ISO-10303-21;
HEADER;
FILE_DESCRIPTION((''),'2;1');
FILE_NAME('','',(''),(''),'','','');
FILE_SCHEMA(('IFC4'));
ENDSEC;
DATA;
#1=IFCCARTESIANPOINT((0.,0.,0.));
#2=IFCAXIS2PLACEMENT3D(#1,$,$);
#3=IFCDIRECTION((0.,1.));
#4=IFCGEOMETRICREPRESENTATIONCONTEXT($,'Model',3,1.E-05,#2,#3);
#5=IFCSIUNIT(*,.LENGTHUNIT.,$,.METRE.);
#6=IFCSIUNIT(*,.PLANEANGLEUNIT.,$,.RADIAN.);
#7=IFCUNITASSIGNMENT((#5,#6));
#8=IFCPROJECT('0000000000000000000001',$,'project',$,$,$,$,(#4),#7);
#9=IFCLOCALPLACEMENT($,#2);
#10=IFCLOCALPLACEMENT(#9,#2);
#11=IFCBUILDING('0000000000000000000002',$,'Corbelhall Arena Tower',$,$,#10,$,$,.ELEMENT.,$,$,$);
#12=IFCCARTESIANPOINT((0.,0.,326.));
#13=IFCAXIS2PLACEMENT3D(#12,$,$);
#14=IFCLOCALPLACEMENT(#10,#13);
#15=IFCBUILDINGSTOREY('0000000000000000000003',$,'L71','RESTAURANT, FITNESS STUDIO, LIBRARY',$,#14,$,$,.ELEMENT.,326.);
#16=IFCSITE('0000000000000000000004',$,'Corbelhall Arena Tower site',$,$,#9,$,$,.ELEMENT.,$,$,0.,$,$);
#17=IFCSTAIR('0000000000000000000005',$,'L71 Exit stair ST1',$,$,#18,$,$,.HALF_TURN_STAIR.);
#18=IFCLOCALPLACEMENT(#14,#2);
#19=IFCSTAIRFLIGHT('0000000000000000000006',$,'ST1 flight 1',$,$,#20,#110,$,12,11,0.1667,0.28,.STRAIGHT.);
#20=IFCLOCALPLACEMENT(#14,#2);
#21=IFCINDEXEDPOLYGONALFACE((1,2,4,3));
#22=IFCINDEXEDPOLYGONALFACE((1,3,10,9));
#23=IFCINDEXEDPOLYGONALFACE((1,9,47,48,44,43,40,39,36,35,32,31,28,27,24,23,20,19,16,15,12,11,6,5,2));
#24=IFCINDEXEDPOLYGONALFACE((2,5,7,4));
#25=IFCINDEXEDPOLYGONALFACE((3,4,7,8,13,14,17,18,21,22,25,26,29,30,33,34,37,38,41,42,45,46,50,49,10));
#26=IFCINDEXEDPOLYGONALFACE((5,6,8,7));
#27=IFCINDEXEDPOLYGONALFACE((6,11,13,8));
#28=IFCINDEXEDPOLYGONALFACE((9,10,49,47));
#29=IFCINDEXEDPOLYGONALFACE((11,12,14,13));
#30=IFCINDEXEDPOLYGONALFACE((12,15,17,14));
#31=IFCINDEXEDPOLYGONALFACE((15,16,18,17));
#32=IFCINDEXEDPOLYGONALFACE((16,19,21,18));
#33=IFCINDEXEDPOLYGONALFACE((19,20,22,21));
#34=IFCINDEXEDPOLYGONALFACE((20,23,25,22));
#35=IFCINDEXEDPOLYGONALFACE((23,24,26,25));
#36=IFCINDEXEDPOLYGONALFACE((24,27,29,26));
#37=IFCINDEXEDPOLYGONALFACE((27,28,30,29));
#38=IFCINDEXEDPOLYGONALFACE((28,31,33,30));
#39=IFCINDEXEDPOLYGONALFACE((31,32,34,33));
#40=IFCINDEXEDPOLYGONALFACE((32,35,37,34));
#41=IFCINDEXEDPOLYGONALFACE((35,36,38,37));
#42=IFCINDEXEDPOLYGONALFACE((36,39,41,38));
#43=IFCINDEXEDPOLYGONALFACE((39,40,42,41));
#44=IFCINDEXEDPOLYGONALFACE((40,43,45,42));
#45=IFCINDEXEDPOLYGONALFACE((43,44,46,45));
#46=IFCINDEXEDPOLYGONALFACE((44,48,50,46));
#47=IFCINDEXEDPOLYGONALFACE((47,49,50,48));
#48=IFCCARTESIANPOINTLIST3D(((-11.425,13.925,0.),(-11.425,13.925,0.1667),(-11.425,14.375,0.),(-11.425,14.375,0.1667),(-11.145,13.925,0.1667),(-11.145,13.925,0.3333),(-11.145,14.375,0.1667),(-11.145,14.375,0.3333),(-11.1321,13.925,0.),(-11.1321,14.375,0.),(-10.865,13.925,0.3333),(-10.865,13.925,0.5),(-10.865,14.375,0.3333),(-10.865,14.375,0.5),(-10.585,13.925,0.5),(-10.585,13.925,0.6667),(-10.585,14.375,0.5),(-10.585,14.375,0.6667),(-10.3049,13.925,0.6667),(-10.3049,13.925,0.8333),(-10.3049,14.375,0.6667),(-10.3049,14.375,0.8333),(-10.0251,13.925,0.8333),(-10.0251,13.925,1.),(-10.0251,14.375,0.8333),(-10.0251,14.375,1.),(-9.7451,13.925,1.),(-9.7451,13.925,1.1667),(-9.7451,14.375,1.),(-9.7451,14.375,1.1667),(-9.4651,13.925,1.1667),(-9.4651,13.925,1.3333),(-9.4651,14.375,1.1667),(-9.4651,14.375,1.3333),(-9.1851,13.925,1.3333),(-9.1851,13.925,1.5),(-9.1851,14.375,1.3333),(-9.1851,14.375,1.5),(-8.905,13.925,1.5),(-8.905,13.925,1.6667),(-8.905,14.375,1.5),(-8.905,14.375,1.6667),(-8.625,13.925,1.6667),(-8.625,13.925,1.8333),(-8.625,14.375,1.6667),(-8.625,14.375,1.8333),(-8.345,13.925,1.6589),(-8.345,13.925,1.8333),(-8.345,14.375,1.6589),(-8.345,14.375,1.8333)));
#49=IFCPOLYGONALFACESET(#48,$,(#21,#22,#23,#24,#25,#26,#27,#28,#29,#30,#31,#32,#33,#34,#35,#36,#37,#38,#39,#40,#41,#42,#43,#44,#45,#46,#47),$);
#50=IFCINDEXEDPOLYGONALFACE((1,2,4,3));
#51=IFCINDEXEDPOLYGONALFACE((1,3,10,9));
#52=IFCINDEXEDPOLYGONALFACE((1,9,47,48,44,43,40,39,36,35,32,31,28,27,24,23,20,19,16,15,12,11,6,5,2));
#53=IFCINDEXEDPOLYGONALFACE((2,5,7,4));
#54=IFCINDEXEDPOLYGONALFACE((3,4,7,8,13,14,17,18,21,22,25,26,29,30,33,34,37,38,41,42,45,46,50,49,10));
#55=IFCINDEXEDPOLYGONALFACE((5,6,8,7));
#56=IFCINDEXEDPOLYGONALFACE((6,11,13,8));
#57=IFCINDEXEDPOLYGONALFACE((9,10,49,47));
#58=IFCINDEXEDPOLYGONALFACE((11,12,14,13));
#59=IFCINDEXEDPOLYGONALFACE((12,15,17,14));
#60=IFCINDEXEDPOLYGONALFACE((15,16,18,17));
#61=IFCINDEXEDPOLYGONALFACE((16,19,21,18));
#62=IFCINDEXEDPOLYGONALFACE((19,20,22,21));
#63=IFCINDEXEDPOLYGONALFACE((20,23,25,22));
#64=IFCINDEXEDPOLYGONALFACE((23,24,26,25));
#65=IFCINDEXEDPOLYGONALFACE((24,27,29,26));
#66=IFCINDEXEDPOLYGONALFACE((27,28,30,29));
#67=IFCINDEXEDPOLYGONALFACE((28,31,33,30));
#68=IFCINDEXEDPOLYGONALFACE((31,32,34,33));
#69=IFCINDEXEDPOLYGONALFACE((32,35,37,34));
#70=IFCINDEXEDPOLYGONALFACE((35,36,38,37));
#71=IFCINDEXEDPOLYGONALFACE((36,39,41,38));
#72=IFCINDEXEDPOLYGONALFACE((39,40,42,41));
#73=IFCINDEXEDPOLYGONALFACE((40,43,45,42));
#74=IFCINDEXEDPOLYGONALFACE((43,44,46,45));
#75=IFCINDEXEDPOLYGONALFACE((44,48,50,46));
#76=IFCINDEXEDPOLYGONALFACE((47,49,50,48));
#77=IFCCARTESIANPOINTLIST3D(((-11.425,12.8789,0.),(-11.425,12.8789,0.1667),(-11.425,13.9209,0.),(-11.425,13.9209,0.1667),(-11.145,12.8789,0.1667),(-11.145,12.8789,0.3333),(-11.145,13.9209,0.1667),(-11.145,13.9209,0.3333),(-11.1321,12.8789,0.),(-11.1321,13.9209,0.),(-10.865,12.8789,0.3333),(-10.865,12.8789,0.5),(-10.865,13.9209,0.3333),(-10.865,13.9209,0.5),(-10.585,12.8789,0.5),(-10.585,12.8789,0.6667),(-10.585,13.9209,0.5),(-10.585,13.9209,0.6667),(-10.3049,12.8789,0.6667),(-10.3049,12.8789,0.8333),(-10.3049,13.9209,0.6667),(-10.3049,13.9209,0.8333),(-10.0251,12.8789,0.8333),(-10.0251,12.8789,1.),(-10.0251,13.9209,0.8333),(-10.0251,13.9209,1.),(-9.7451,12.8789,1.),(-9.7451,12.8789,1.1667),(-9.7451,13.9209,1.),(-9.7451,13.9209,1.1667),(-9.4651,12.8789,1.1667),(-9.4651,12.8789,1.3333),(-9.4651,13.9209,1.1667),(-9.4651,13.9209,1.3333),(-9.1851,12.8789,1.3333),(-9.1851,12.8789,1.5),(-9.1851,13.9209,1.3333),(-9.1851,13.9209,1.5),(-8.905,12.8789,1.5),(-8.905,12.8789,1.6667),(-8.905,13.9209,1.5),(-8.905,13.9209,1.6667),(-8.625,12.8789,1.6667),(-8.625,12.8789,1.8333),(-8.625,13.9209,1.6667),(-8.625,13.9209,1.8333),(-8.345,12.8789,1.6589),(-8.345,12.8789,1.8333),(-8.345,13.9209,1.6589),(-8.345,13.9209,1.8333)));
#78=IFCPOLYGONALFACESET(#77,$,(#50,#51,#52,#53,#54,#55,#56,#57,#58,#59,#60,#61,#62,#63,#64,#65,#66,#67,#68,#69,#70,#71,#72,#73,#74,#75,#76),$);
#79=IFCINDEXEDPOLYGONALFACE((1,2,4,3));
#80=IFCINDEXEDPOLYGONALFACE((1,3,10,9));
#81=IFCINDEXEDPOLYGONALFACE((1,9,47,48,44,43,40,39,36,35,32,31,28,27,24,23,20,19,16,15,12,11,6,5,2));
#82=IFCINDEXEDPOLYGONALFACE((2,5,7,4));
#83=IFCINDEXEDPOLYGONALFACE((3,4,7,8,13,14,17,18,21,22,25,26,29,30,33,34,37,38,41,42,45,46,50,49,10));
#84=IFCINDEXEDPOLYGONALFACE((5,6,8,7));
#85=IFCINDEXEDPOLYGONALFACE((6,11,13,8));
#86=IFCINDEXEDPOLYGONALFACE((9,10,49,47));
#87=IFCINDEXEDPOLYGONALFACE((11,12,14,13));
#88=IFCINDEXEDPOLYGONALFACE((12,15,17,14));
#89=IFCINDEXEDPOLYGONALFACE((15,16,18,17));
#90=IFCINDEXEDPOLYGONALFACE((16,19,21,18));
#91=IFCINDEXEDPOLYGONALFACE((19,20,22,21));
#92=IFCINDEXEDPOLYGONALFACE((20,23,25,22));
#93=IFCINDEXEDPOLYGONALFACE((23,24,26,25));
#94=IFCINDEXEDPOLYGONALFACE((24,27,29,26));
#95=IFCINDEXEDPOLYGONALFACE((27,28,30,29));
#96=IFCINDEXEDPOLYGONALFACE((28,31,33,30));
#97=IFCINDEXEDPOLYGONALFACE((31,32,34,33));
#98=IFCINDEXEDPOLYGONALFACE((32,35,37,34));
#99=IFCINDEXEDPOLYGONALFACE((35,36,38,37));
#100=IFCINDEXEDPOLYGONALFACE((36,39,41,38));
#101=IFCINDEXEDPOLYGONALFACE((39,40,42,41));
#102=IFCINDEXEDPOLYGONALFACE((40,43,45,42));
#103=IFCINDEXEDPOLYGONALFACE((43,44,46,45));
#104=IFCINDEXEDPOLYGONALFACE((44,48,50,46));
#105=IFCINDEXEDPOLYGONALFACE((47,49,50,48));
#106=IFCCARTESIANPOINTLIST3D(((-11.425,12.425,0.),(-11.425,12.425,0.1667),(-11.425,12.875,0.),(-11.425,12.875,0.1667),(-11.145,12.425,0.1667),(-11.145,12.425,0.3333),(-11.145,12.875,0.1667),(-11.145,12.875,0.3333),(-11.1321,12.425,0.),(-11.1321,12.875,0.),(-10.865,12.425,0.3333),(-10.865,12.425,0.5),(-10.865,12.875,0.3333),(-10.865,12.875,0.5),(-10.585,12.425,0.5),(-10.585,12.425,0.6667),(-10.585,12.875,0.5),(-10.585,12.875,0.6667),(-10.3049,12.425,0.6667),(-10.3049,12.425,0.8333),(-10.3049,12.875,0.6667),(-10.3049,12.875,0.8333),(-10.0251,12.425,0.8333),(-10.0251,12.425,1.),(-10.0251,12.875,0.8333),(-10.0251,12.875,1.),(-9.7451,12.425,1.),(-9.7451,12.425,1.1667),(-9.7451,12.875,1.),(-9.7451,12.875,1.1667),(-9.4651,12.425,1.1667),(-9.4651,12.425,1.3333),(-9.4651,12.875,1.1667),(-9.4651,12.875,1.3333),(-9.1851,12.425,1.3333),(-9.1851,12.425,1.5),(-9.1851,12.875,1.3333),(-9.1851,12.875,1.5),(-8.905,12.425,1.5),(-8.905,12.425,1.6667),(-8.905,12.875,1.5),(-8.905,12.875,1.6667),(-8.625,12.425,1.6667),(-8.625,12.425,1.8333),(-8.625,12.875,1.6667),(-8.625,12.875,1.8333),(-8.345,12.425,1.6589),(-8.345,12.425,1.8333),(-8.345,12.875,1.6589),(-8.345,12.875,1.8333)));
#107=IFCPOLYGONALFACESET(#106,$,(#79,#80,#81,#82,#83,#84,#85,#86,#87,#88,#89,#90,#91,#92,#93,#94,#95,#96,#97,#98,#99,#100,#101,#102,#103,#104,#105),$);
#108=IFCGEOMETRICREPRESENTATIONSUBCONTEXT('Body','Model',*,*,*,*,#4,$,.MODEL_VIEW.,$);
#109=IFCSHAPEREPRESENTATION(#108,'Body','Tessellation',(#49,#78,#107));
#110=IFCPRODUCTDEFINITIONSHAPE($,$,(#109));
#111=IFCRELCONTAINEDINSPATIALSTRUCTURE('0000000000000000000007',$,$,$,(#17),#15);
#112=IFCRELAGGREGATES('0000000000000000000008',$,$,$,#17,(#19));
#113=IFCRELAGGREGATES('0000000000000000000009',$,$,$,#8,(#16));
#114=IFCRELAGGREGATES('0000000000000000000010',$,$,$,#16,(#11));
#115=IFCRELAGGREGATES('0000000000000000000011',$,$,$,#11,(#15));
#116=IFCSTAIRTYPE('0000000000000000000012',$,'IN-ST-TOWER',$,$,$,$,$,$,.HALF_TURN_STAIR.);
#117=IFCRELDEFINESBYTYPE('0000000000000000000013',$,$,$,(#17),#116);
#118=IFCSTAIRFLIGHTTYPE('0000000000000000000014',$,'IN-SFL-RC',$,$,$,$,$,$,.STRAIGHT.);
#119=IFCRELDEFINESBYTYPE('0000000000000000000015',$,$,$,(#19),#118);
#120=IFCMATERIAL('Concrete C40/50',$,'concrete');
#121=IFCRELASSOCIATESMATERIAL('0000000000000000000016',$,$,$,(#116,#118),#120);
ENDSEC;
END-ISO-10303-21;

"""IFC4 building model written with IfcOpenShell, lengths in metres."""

from ifc_helpers import new_model, si_unit, direction, frame, origin, place, context, subcontext, project, spatial, polyline, outline, extrude, material, type_object, element, aggregate, save


model = new_model("IFC4")

# Units and contexts
model_context = context("Model", 3, precision=1e-05, world=origin(), true_north=direction((0.0, 1.0)))
body_context = subcontext(model_context, "Body", "Model", "MODEL_VIEW")
ifc_project = project(units=[si_unit("LENGTHUNIT", "METRE"), si_unit("PLANEANGLEUNIT", "RADIAN")], contexts=[model_context])

# Site, building, storey
site_placement = place(None, origin())
site = spatial("IfcSite", under=ifc_project, at=site_placement, Name="Corbelhall Arena Tower site", CompositionType="ELEMENT", RefElevation=0.0)
building_placement = place(site_placement, origin())
building = spatial("IfcBuilding", under=site, at=building_placement, Name="Corbelhall Arena Tower", CompositionType="ELEMENT")
storey_placement = place(building_placement, frame((0.0, 0.0, 326.0)))
storey = spatial("IfcBuildingStorey", under=building, at=storey_placement, Name="L71", Description="RESTAURANT, FITNESS STUDIO, LIBRARY", CompositionType="ELEMENT", Elevation=326.0)

# Shared definitions
ifc_material_1 = material(Name="Concrete C40/50", Category="concrete")

# Stair, stair flight
stair_type = type_object("IfcStairType", Name="IN-ST-TOWER", PredefinedType="HALF_TURN_STAIR", material=ifc_material_1)
stair_placement = place(storey_placement, origin())
stair = element("IfcStair", 1, at=stair_placement, inside=storey, type_object=stair_type, Name="L71 Exit stair ST1", PredefinedType="HALF_TURN_STAIR")
stair_flight_type = type_object("IfcStairFlightType", Name="IN-SFL-RC", PredefinedType="STRAIGHT", material=ifc_material_1)
stair_flight_1_placement = place(storey_placement, frame((-11.425, 13.3999, 0.0), z_axis=(0.0, 0.0, 1.0), x_axis=(1.0, 0.0, 0.0)))
stair_flight_1 = element("IfcStairFlight", 2, at=stair_flight_1_placement, type_object=stair_flight_type, Name="ST1 flight 1", NumberOfRisers=12, NumberOfTreads=11, PredefinedType="STRAIGHT", RiserHeight=0.1667, TreadLength=0.28, context=body_context, shape_type="SweptSolid", body=[
    extrude(outline(polyline([(0.0, 0.0), (0.0, 0.1667), (0.28, 0.1667), (0.28, 0.3333), (0.5601, 0.3333), (0.5601, 0.5), (0.8401, 0.5), (0.8401, 0.6667), (1.1201, 0.6667), (1.1201, 0.8333), (1.3999, 0.8333), (1.3999, 1.0), (1.6799, 1.0), (1.6799, 1.1667), (1.96, 1.1667), (1.96, 1.3333), (2.24, 1.3333), (2.24, 1.5), (2.52, 1.5), (2.52, 1.6667), (2.8, 1.6667), (2.8, 1.8333), (3.0801, 1.8333), (3.0801, 2.0), (3.0801, 1.6589), (0.293, 0.0), (0.0, 0.0)])), frame((0.0, 0.9751, 0.0), z_axis=(0.0, -1.0, 0.0), x_axis=(1.0, 0.0, 0.0)), (0.0, 0.0, 1.0), 0.45),
    extrude(outline(polyline([(0.0, 0.0), (0.0, 0.1667), (0.28, 0.1667), (0.28, 0.3333), (0.5601, 0.3333), (0.5601, 0.5), (0.8401, 0.5), (0.8401, 0.6667), (1.1201, 0.6667), (1.1201, 0.8333), (1.3999, 0.8333), (1.3999, 1.0), (1.6799, 1.0), (1.6799, 1.1667), (1.96, 1.1667), (1.96, 1.3333), (2.24, 1.3333), (2.24, 1.5), (2.52, 1.5), (2.52, 1.6667), (2.8, 1.6667), (2.8, 1.8333), (3.0801, 1.8333), (3.0801, 2.0), (3.0801, 1.6589), (0.293, 0.0), (0.0, 0.0)])), frame((0.0, 0.521, 0.0), z_axis=(0.0, -1.0, 0.0), x_axis=(1.0, 0.0, 0.0)), (0.0, 0.0, 1.0), 1.042),
    extrude(outline(polyline([(0.0, 0.0), (0.0, 0.1667), (0.28, 0.1667), (0.28, 0.3333), (0.5601, 0.3333), (0.5601, 0.5), (0.8401, 0.5), (0.8401, 0.6667), (1.1201, 0.6667), (1.1201, 0.8333), (1.3999, 0.8333), (1.3999, 1.0), (1.6799, 1.0), (1.6799, 1.1667), (1.96, 1.1667), (1.96, 1.3333), (2.24, 1.3333), (2.24, 1.5), (2.52, 1.5), (2.52, 1.6667), (2.8, 1.6667), (2.8, 1.8333), (3.0801, 1.8333), (3.0801, 2.0), (3.0801, 1.6589), (0.293, 0.0), (0.0, 0.0)])), frame((0.0, -0.5249, 0.0), z_axis=(0.0, -1.0, 0.0), x_axis=(1.0, 0.0, 0.0)), (0.0, 0.0, 1.0), 0.45),
])
aggregate(stair, [stair_flight_1])

save(model, "model.ifc")
